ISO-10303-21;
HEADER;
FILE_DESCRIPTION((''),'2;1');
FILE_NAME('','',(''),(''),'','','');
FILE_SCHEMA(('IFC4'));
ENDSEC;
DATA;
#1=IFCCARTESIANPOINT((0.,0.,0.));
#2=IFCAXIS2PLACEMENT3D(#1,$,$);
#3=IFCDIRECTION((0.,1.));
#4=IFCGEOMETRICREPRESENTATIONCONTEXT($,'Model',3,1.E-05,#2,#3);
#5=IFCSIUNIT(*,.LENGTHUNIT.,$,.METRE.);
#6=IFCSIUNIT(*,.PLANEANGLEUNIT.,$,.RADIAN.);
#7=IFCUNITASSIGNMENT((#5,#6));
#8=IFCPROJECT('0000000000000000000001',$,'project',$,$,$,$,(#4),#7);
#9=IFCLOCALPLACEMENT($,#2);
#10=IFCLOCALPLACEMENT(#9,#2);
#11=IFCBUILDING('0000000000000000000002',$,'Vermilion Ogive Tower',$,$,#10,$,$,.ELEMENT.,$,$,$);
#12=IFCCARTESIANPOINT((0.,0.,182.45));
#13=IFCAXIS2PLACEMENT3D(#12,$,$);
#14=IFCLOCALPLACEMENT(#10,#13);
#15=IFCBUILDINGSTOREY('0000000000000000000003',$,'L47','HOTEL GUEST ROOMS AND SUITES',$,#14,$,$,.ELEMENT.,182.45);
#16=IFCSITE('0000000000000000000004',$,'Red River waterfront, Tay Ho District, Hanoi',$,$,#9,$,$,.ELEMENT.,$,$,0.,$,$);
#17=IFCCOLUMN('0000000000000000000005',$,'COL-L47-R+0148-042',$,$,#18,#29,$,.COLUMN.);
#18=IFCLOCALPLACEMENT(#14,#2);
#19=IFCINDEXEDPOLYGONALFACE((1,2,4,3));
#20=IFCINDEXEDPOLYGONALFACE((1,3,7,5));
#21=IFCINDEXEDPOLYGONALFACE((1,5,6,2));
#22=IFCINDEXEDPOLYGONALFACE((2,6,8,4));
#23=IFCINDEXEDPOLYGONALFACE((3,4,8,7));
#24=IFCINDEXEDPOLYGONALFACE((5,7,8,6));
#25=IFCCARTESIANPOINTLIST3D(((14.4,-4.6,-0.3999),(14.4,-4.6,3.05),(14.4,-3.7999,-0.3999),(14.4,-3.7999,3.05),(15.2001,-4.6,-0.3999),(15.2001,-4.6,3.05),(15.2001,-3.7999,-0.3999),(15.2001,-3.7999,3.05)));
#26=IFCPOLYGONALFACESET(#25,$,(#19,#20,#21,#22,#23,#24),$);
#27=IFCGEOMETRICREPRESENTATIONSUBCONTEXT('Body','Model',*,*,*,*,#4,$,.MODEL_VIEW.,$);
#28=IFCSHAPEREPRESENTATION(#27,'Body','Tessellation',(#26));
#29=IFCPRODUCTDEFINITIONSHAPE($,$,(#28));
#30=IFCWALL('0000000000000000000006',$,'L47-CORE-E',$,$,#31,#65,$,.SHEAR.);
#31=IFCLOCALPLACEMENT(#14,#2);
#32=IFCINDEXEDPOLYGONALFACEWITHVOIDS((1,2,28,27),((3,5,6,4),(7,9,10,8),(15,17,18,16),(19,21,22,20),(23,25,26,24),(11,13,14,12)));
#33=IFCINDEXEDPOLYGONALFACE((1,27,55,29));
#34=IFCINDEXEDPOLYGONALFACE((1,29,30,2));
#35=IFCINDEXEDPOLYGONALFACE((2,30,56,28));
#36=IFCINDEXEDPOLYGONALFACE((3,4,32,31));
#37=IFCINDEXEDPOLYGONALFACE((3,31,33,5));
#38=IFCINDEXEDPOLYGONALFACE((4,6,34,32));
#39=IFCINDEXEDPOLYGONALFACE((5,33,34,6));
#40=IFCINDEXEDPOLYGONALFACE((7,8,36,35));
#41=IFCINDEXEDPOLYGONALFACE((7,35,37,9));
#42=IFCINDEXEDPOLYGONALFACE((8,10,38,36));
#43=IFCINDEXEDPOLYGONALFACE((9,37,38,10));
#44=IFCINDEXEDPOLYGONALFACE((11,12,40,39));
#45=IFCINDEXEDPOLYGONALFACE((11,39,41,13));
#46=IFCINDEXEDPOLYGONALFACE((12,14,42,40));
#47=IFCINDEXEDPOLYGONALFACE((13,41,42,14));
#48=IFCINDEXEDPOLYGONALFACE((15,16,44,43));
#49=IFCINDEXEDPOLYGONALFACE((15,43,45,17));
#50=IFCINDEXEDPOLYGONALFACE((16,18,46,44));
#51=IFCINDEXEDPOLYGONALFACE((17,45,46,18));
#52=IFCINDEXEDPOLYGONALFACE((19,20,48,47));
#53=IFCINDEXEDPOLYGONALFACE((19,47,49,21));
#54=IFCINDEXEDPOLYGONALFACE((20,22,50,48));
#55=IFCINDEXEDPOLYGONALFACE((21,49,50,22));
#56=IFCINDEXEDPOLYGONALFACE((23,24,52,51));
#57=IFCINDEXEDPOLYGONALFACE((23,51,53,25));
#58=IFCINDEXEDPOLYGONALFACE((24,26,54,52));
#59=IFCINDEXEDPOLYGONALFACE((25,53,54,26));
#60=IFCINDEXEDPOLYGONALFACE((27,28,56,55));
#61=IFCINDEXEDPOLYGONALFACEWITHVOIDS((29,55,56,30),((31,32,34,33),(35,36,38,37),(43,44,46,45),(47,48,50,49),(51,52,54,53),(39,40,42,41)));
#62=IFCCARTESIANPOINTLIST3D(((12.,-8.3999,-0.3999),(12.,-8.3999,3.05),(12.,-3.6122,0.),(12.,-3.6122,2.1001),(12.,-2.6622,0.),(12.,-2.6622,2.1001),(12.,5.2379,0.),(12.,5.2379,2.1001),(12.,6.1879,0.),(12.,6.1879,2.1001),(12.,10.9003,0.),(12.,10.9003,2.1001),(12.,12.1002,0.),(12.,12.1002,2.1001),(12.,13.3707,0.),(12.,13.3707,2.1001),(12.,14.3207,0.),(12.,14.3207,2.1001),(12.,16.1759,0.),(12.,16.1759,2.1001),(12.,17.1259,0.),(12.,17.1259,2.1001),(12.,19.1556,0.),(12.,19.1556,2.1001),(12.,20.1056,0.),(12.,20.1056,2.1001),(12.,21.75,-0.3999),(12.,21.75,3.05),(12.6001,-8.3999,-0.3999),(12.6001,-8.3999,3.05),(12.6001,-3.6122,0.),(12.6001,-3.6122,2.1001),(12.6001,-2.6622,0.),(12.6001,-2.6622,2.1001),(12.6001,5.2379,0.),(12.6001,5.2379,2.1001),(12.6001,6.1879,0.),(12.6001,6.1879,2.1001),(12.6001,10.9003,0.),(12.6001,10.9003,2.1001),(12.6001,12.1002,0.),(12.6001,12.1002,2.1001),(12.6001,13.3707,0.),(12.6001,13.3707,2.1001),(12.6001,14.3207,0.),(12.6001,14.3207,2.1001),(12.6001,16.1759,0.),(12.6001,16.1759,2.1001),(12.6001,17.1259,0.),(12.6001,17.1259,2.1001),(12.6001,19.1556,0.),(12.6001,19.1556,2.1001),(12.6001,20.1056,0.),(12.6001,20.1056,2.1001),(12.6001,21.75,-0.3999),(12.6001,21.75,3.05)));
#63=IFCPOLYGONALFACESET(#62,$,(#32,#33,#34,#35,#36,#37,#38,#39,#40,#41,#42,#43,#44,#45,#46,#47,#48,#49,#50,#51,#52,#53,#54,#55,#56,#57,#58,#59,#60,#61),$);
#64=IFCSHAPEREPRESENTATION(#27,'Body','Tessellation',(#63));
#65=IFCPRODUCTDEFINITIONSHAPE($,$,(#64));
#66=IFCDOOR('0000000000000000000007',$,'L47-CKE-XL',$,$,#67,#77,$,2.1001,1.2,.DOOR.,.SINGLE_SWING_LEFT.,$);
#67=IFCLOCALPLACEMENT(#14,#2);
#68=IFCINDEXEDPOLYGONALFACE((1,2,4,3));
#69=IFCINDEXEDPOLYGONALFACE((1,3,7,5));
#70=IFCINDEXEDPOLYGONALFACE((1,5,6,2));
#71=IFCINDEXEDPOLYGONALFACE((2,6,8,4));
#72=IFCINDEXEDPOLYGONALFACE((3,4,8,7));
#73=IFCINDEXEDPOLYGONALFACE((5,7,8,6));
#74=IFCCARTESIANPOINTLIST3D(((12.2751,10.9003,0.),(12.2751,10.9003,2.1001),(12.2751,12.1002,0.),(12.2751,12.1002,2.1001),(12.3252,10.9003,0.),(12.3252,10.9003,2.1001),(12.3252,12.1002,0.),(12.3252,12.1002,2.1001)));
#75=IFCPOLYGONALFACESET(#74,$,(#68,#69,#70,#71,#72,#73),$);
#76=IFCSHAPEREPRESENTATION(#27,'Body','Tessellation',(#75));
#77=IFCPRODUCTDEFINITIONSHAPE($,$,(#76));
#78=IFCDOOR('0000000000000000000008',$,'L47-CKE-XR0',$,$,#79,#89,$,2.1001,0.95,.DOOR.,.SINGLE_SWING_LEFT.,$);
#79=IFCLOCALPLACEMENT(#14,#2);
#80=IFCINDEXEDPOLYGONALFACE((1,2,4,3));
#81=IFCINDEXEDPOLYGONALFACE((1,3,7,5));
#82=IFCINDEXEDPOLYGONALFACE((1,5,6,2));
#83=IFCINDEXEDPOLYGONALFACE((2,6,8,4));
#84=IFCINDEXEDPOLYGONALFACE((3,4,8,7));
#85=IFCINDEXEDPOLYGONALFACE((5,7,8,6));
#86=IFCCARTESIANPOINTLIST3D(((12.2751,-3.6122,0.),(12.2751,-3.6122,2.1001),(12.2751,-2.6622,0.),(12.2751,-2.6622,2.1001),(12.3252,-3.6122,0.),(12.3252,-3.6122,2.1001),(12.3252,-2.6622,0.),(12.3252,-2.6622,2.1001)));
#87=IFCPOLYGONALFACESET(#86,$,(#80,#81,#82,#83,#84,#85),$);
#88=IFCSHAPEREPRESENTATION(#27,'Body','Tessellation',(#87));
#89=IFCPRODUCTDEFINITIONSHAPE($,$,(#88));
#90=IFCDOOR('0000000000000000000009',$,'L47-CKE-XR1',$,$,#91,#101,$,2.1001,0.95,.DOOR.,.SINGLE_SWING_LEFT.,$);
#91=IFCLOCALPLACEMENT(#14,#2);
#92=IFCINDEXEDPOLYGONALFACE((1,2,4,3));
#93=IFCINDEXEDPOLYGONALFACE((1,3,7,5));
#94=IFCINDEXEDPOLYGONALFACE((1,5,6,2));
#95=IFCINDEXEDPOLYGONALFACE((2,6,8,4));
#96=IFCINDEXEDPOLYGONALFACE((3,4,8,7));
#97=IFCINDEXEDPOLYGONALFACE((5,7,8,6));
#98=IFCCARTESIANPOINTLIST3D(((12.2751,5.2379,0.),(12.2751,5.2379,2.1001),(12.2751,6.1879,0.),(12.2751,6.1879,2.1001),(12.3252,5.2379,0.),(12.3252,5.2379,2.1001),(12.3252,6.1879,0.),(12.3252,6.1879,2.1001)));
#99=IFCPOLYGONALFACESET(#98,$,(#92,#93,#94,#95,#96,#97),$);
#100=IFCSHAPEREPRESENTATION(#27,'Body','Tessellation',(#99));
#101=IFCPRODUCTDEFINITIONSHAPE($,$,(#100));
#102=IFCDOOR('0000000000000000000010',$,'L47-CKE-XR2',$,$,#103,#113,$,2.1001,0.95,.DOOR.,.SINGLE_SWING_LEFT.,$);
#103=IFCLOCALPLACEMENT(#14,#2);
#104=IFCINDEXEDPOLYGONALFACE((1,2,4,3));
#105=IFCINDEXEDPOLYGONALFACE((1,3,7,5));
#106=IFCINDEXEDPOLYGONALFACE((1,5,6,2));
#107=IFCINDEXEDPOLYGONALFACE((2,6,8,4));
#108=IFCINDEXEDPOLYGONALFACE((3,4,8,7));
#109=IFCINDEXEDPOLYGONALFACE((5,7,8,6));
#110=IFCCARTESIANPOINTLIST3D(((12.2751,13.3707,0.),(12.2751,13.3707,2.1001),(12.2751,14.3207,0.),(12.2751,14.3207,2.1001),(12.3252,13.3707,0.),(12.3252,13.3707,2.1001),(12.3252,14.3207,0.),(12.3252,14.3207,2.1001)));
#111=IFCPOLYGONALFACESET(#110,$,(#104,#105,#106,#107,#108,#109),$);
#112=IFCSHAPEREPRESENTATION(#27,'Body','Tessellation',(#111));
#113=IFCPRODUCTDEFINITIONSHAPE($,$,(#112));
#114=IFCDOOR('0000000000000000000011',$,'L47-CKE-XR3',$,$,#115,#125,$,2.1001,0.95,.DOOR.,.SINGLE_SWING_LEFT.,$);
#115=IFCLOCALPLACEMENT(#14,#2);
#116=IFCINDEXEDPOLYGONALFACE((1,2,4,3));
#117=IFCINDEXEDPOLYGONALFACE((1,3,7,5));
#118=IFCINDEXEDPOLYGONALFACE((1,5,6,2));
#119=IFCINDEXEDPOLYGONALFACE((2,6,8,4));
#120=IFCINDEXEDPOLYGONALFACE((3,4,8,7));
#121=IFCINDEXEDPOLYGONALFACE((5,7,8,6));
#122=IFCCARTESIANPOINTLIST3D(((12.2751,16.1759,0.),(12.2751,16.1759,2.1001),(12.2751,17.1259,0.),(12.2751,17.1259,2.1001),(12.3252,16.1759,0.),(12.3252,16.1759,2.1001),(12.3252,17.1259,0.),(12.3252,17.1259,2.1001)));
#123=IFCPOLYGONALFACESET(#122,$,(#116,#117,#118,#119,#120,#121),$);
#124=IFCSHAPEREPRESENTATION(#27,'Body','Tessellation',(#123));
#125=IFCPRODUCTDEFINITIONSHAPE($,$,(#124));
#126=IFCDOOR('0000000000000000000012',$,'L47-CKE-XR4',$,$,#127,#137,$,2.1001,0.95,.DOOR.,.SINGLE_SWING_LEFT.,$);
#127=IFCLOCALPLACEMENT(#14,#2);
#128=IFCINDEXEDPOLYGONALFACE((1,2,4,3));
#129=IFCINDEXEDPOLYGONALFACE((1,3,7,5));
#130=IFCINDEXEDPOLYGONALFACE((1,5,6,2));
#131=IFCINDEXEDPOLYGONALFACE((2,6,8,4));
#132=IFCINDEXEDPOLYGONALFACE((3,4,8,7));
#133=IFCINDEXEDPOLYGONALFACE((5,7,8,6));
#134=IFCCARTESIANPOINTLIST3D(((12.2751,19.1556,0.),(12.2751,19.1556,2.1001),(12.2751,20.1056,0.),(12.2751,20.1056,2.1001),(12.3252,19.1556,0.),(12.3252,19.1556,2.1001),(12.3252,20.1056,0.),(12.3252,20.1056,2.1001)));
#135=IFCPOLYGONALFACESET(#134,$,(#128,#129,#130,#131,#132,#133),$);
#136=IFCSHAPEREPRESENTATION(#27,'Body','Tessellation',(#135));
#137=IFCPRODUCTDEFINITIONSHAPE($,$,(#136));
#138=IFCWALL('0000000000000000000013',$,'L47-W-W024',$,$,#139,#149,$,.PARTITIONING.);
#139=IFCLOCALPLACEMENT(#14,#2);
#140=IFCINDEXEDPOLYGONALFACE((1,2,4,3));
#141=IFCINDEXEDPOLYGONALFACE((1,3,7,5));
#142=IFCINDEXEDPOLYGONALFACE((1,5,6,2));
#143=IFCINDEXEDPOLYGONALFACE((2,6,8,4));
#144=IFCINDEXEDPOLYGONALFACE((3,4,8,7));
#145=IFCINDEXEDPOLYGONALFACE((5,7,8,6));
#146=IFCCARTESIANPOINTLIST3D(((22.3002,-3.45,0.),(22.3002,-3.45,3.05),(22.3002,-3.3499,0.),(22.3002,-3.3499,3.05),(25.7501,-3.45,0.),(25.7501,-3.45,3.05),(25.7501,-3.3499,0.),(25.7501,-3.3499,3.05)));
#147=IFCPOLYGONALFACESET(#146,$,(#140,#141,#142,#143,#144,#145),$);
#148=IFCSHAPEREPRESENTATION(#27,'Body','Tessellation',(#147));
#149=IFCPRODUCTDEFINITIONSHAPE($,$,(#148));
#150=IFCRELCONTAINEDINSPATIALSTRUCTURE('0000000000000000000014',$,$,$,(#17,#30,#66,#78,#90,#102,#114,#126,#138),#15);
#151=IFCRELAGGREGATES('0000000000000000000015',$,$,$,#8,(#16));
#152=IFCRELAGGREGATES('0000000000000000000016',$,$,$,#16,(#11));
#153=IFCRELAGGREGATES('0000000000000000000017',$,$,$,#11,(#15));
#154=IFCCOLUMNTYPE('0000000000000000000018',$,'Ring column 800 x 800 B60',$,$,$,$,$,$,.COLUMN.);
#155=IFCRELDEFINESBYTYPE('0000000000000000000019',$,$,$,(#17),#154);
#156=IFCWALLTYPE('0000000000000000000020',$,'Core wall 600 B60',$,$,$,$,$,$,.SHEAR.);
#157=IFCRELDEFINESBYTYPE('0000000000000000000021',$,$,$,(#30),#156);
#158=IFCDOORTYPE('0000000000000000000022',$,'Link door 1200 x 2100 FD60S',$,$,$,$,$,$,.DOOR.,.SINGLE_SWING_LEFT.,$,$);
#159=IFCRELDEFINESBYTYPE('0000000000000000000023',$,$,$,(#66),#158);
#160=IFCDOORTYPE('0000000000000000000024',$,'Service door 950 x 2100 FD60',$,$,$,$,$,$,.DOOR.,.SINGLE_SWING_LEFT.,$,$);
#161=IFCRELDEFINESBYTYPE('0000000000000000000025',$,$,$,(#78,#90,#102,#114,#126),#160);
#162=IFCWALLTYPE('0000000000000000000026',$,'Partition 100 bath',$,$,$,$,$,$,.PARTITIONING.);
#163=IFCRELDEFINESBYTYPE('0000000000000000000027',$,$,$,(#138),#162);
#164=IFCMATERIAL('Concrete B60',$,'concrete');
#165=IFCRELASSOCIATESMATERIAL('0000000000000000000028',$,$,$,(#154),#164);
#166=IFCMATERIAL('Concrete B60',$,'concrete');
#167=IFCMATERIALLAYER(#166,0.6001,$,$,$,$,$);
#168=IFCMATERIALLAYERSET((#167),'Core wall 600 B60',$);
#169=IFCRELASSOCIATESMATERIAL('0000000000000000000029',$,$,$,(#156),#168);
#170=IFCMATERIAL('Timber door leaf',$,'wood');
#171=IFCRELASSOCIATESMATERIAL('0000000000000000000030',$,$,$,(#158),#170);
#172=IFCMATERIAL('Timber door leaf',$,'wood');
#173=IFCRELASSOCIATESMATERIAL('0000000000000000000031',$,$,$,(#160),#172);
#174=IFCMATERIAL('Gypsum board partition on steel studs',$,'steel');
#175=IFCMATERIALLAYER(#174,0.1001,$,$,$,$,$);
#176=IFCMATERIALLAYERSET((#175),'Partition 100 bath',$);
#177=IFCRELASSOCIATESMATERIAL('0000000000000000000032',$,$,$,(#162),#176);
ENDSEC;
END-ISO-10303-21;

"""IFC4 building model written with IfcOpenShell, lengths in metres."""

from ifc_helpers import new_model, si_unit, direction, frame, frame_2d, origin, origin_2d, place, context, subcontext, project, spatial, rectangle, extrude, material, layer, layer_set, material_profile, profile_set, type_object, element, fill, save


model = new_model("IFC4")

# Units and contexts
model_context = context("Model", 3, precision=1e-05, world=origin(), true_north=direction((0.0, 1.0)))
body_context = subcontext(model_context, "Body", "Model", "MODEL_VIEW")
ifc_project = project(units=[si_unit("LENGTHUNIT", "METRE"), si_unit("PLANEANGLEUNIT", "RADIAN")], contexts=[model_context])

# Site, building, storey
site_placement = place(None, origin())
site = spatial("IfcSite", under=ifc_project, at=site_placement, Name="Red River waterfront, Tay Ho District, Hanoi", CompositionType="ELEMENT", RefElevation=0.0)
building_placement = place(site_placement, origin())
building = spatial("IfcBuilding", under=site, at=building_placement, Name="Vermilion Ogive Tower", CompositionType="ELEMENT")
storey_placement = place(building_placement, frame((0.0, 0.0, 182.45)))
storey = spatial("IfcBuildingStorey", under=building, at=storey_placement, Name="L47", Description="HOTEL GUEST ROOMS AND SUITES", CompositionType="ELEMENT", Elevation=182.45)

# Column
ifc_material_1 = material(Name="Concrete B60", Category="concrete")
ifc_material_profile = material_profile(ifc_material_1, rectangle(XDim=0.8, YDim=0.8, at=origin_2d()), Name="800 x 800")
ifc_profile_set = profile_set([ifc_material_profile], Name="Concrete B60")
column_type = type_object("IfcColumnType", Name="Ring column 800 x 800 B60", PredefinedType="COLUMN", material=ifc_profile_set)
column_placement = place(storey_placement, frame((14.8, -4.2, -0.3999), z_axis=(0.0, 0.0, 1.0), x_axis=(1.0, 0.0, 0.0)))
element("IfcColumn", 1, at=column_placement, inside=storey, type_object=column_type, Name="COL-L47-R+0148-042", PredefinedType="COLUMN", context=body_context, shape_type="SweptSolid", body=[
    extrude(rectangle(XDim=0.8, YDim=0.8, at=origin_2d()), origin(), (0.0, 0.0, 1.0), 3.45),
])

# Wall, openings, doors
ifc_material_2 = material(Name="Concrete B60", Category="concrete")
ifc_layer_1 = layer(ifc_material_2, 0.6001)
ifc_layer_set_1 = layer_set([ifc_layer_1], Name="Core wall 600 B60")
wall_type_1 = type_object("IfcWallType", Name="Core wall 600 B60", PredefinedType="SHEAR", material=ifc_layer_set_1)
wall_1_placement = place(storey_placement, frame((12.3, -8.3999, -0.3999), z_axis=(0.0, 0.0, 1.0), x_axis=(0.0, 1.0, 0.0)))
wall_1 = element("IfcWall", 2, at=wall_1_placement, inside=storey, type_object=wall_type_1, Name="L47-CORE-E", PredefinedType="SHEAR", context=body_context, shape_type="SweptSolid", body=[
    extrude(rectangle(XDim=30.1499, YDim=0.6001, at=frame_2d((15.075, 0.0))), origin(), (0.0, 0.0, 1.0), 3.45),
])
opening_1_placement = place(wall_1_placement, frame((4.7876, 0.0, 0.3999)))
opening_1 = element("IfcOpeningElement", 3, at=opening_1_placement, cuts=wall_1, PredefinedType="OPENING", context=body_context, shape_type="SweptSolid", body=[
    extrude(rectangle(XDim=0.95, YDim=2.1001, at=frame_2d((0.4751, 1.05))), frame((0.0, 0.3101, 0.0), z_axis=(0.0, -1.0, 0.0), x_axis=(1.0, 0.0, 0.0)), (0.0, 0.0, 1.0), 0.6201),
])
opening_2_placement = place(wall_1_placement, frame((13.6377, 0.0, 0.3999)))
opening_2 = element("IfcOpeningElement", 4, at=opening_2_placement, cuts=wall_1, PredefinedType="OPENING", context=body_context, shape_type="SweptSolid", body=[
    extrude(rectangle(XDim=0.95, YDim=2.1001, at=frame_2d((0.4751, 1.05))), frame((0.0, 0.3101, 0.0), z_axis=(0.0, -1.0, 0.0), x_axis=(1.0, 0.0, 0.0)), (0.0, 0.0, 1.0), 0.6201),
])
opening_3_placement = place(wall_1_placement, frame((21.7705, 0.0, 0.3999)))
opening_3 = element("IfcOpeningElement", 5, at=opening_3_placement, cuts=wall_1, PredefinedType="OPENING", context=body_context, shape_type="SweptSolid", body=[
    extrude(rectangle(XDim=0.95, YDim=2.1001, at=frame_2d((0.4751, 1.05))), frame((0.0, 0.3101, 0.0), z_axis=(0.0, -1.0, 0.0), x_axis=(1.0, 0.0, 0.0)), (0.0, 0.0, 1.0), 0.6201),
])
opening_4_placement = place(wall_1_placement, frame((24.5757, 0.0, 0.3999)))
opening_4 = element("IfcOpeningElement", 6, at=opening_4_placement, cuts=wall_1, PredefinedType="OPENING", context=body_context, shape_type="SweptSolid", body=[
    extrude(rectangle(XDim=0.95, YDim=2.1001, at=frame_2d((0.4751, 1.05))), frame((0.0, 0.3101, 0.0), z_axis=(0.0, -1.0, 0.0), x_axis=(1.0, 0.0, 0.0)), (0.0, 0.0, 1.0), 0.6201),
])
opening_5_placement = place(wall_1_placement, frame((27.5554, 0.0, 0.3999)))
opening_5 = element("IfcOpeningElement", 7, at=opening_5_placement, cuts=wall_1, PredefinedType="OPENING", context=body_context, shape_type="SweptSolid", body=[
    extrude(rectangle(XDim=0.95, YDim=2.1001, at=frame_2d((0.4751, 1.05))), frame((0.0, 0.3101, 0.0), z_axis=(0.0, -1.0, 0.0), x_axis=(1.0, 0.0, 0.0)), (0.0, 0.0, 1.0), 0.6201),
])
opening_6_placement = place(wall_1_placement, frame((19.3, 0.0, 0.3999)))
opening_6 = element("IfcOpeningElement", 8, at=opening_6_placement, cuts=wall_1, PredefinedType="OPENING", context=body_context, shape_type="SweptSolid", body=[
    extrude(rectangle(XDim=1.2, YDim=2.1001, at=frame_2d((0.6001, 1.05))), frame((0.0, 0.3101, 0.0), z_axis=(0.0, -1.0, 0.0), x_axis=(1.0, 0.0, 0.0)), (0.0, 0.0, 1.0), 0.6201),
])
ifc_material_3 = material(Name="Timber door leaf", Category="wood")
door_type_1 = type_object("IfcDoorType", Name="Link door 1200 x 2100 FD60S", OperationType="SINGLE_SWING_LEFT", PredefinedType="DOOR", material=ifc_material_3)
door_1_placement = place(opening_6_placement, origin())
door_1 = element("IfcDoor", 9, at=door_1_placement, inside=storey, type_object=door_type_1, Name="L47-CKE-XL", OperationType="SINGLE_SWING_LEFT", OverallHeight=2.1001, OverallWidth=1.2, PredefinedType="DOOR", context=body_context, shape_type="SweptSolid", body=[
    extrude(rectangle(XDim=1.2, YDim=2.1001, at=frame_2d((0.6001, 1.05))), frame((0.0, 0.0249, 0.0), z_axis=(0.0, -1.0, 0.0), x_axis=(1.0, 0.0, 0.0)), (0.0, 0.0, 1.0), 0.05),
])
fill(opening_6, door_1)
ifc_material_4 = material(Name="Timber door leaf", Category="wood")
door_type_2 = type_object("IfcDoorType", Name="Service door 950 x 2100 FD60", OperationType="SINGLE_SWING_LEFT", PredefinedType="DOOR", material=ifc_material_4)
door_2_placement = place(opening_1_placement, origin())
door_2 = element("IfcDoor", 10, at=door_2_placement, inside=storey, type_object=door_type_2, Name="L47-CKE-XR0", OperationType="SINGLE_SWING_LEFT", OverallHeight=2.1001, OverallWidth=0.95, PredefinedType="DOOR", context=body_context, shape_type="SweptSolid", body=[
    extrude(rectangle(XDim=0.95, YDim=2.1001, at=frame_2d((0.4751, 1.05))), frame((0.0, 0.0249, 0.0), z_axis=(0.0, -1.0, 0.0), x_axis=(1.0, 0.0, 0.0)), (0.0, 0.0, 1.0), 0.05),
])
fill(opening_1, door_2)
door_3_placement = place(opening_2_placement, origin())
door_3 = element("IfcDoor", 11, at=door_3_placement, inside=storey, type_object=door_type_2, Name="L47-CKE-XR1", OperationType="SINGLE_SWING_LEFT", OverallHeight=2.1001, OverallWidth=0.95, PredefinedType="DOOR", context=body_context, shape_type="SweptSolid", body=[
    extrude(rectangle(XDim=0.95, YDim=2.1001, at=frame_2d((0.4751, 1.05))), frame((0.0, 0.0249, 0.0), z_axis=(0.0, -1.0, 0.0), x_axis=(1.0, 0.0, 0.0)), (0.0, 0.0, 1.0), 0.05),
])
fill(opening_2, door_3)
door_4_placement = place(opening_3_placement, origin())
door_4 = element("IfcDoor", 12, at=door_4_placement, inside=storey, type_object=door_type_2, Name="L47-CKE-XR2", OperationType="SINGLE_SWING_LEFT", OverallHeight=2.1001, OverallWidth=0.95, PredefinedType="DOOR", context=body_context, shape_type="SweptSolid", body=[
    extrude(rectangle(XDim=0.95, YDim=2.1001, at=frame_2d((0.4751, 1.05))), frame((0.0, 0.0249, 0.0), z_axis=(0.0, -1.0, 0.0), x_axis=(1.0, 0.0, 0.0)), (0.0, 0.0, 1.0), 0.05),
])
fill(opening_3, door_4)
door_5_placement = place(opening_4_placement, origin())
door_5 = element("IfcDoor", 13, at=door_5_placement, inside=storey, type_object=door_type_2, Name="L47-CKE-XR3", OperationType="SINGLE_SWING_LEFT", OverallHeight=2.1001, OverallWidth=0.95, PredefinedType="DOOR", context=body_context, shape_type="SweptSolid", body=[
    extrude(rectangle(XDim=0.95, YDim=2.1001, at=frame_2d((0.4751, 1.05))), frame((0.0, 0.0249, 0.0), z_axis=(0.0, -1.0, 0.0), x_axis=(1.0, 0.0, 0.0)), (0.0, 0.0, 1.0), 0.05),
])
fill(opening_4, door_5)
door_6_placement = place(opening_5_placement, origin())
door_6 = element("IfcDoor", 14, at=door_6_placement, inside=storey, type_object=door_type_2, Name="L47-CKE-XR4", OperationType="SINGLE_SWING_LEFT", OverallHeight=2.1001, OverallWidth=0.95, PredefinedType="DOOR", context=body_context, shape_type="SweptSolid", body=[
    extrude(rectangle(XDim=0.95, YDim=2.1001, at=frame_2d((0.4751, 1.05))), frame((0.0, 0.0249, 0.0), z_axis=(0.0, -1.0, 0.0), x_axis=(1.0, 0.0, 0.0)), (0.0, 0.0, 1.0), 0.05),
])
fill(opening_5, door_6)

# Wall
ifc_material_5 = material(Name="Gypsum board partition on steel studs", Category="steel")
ifc_layer_2 = layer(ifc_material_5, 0.1001)
ifc_layer_set_2 = layer_set([ifc_layer_2], Name="Partition 100 bath")
wall_type_2 = type_object("IfcWallType", Name="Partition 100 bath", PredefinedType="PARTITIONING", material=ifc_layer_set_2)
wall_2_placement = place(storey_placement, frame((22.3, -3.3999, 0.0), z_axis=(0.0, 0.0, 1.0), x_axis=(1.0, 0.0, 0.0)))
element("IfcWall", 15, at=wall_2_placement, inside=storey, type_object=wall_type_2, Name="L47-W-W024", PredefinedType="PARTITIONING", context=body_context, shape_type="SweptSolid", body=[
    extrude(rectangle(XDim=3.45, YDim=0.1001, at=frame_2d((1.7251, 0.0))), origin(), (0.0, 0.0, 1.0), 3.05),
])

save(model, "model.ifc")
